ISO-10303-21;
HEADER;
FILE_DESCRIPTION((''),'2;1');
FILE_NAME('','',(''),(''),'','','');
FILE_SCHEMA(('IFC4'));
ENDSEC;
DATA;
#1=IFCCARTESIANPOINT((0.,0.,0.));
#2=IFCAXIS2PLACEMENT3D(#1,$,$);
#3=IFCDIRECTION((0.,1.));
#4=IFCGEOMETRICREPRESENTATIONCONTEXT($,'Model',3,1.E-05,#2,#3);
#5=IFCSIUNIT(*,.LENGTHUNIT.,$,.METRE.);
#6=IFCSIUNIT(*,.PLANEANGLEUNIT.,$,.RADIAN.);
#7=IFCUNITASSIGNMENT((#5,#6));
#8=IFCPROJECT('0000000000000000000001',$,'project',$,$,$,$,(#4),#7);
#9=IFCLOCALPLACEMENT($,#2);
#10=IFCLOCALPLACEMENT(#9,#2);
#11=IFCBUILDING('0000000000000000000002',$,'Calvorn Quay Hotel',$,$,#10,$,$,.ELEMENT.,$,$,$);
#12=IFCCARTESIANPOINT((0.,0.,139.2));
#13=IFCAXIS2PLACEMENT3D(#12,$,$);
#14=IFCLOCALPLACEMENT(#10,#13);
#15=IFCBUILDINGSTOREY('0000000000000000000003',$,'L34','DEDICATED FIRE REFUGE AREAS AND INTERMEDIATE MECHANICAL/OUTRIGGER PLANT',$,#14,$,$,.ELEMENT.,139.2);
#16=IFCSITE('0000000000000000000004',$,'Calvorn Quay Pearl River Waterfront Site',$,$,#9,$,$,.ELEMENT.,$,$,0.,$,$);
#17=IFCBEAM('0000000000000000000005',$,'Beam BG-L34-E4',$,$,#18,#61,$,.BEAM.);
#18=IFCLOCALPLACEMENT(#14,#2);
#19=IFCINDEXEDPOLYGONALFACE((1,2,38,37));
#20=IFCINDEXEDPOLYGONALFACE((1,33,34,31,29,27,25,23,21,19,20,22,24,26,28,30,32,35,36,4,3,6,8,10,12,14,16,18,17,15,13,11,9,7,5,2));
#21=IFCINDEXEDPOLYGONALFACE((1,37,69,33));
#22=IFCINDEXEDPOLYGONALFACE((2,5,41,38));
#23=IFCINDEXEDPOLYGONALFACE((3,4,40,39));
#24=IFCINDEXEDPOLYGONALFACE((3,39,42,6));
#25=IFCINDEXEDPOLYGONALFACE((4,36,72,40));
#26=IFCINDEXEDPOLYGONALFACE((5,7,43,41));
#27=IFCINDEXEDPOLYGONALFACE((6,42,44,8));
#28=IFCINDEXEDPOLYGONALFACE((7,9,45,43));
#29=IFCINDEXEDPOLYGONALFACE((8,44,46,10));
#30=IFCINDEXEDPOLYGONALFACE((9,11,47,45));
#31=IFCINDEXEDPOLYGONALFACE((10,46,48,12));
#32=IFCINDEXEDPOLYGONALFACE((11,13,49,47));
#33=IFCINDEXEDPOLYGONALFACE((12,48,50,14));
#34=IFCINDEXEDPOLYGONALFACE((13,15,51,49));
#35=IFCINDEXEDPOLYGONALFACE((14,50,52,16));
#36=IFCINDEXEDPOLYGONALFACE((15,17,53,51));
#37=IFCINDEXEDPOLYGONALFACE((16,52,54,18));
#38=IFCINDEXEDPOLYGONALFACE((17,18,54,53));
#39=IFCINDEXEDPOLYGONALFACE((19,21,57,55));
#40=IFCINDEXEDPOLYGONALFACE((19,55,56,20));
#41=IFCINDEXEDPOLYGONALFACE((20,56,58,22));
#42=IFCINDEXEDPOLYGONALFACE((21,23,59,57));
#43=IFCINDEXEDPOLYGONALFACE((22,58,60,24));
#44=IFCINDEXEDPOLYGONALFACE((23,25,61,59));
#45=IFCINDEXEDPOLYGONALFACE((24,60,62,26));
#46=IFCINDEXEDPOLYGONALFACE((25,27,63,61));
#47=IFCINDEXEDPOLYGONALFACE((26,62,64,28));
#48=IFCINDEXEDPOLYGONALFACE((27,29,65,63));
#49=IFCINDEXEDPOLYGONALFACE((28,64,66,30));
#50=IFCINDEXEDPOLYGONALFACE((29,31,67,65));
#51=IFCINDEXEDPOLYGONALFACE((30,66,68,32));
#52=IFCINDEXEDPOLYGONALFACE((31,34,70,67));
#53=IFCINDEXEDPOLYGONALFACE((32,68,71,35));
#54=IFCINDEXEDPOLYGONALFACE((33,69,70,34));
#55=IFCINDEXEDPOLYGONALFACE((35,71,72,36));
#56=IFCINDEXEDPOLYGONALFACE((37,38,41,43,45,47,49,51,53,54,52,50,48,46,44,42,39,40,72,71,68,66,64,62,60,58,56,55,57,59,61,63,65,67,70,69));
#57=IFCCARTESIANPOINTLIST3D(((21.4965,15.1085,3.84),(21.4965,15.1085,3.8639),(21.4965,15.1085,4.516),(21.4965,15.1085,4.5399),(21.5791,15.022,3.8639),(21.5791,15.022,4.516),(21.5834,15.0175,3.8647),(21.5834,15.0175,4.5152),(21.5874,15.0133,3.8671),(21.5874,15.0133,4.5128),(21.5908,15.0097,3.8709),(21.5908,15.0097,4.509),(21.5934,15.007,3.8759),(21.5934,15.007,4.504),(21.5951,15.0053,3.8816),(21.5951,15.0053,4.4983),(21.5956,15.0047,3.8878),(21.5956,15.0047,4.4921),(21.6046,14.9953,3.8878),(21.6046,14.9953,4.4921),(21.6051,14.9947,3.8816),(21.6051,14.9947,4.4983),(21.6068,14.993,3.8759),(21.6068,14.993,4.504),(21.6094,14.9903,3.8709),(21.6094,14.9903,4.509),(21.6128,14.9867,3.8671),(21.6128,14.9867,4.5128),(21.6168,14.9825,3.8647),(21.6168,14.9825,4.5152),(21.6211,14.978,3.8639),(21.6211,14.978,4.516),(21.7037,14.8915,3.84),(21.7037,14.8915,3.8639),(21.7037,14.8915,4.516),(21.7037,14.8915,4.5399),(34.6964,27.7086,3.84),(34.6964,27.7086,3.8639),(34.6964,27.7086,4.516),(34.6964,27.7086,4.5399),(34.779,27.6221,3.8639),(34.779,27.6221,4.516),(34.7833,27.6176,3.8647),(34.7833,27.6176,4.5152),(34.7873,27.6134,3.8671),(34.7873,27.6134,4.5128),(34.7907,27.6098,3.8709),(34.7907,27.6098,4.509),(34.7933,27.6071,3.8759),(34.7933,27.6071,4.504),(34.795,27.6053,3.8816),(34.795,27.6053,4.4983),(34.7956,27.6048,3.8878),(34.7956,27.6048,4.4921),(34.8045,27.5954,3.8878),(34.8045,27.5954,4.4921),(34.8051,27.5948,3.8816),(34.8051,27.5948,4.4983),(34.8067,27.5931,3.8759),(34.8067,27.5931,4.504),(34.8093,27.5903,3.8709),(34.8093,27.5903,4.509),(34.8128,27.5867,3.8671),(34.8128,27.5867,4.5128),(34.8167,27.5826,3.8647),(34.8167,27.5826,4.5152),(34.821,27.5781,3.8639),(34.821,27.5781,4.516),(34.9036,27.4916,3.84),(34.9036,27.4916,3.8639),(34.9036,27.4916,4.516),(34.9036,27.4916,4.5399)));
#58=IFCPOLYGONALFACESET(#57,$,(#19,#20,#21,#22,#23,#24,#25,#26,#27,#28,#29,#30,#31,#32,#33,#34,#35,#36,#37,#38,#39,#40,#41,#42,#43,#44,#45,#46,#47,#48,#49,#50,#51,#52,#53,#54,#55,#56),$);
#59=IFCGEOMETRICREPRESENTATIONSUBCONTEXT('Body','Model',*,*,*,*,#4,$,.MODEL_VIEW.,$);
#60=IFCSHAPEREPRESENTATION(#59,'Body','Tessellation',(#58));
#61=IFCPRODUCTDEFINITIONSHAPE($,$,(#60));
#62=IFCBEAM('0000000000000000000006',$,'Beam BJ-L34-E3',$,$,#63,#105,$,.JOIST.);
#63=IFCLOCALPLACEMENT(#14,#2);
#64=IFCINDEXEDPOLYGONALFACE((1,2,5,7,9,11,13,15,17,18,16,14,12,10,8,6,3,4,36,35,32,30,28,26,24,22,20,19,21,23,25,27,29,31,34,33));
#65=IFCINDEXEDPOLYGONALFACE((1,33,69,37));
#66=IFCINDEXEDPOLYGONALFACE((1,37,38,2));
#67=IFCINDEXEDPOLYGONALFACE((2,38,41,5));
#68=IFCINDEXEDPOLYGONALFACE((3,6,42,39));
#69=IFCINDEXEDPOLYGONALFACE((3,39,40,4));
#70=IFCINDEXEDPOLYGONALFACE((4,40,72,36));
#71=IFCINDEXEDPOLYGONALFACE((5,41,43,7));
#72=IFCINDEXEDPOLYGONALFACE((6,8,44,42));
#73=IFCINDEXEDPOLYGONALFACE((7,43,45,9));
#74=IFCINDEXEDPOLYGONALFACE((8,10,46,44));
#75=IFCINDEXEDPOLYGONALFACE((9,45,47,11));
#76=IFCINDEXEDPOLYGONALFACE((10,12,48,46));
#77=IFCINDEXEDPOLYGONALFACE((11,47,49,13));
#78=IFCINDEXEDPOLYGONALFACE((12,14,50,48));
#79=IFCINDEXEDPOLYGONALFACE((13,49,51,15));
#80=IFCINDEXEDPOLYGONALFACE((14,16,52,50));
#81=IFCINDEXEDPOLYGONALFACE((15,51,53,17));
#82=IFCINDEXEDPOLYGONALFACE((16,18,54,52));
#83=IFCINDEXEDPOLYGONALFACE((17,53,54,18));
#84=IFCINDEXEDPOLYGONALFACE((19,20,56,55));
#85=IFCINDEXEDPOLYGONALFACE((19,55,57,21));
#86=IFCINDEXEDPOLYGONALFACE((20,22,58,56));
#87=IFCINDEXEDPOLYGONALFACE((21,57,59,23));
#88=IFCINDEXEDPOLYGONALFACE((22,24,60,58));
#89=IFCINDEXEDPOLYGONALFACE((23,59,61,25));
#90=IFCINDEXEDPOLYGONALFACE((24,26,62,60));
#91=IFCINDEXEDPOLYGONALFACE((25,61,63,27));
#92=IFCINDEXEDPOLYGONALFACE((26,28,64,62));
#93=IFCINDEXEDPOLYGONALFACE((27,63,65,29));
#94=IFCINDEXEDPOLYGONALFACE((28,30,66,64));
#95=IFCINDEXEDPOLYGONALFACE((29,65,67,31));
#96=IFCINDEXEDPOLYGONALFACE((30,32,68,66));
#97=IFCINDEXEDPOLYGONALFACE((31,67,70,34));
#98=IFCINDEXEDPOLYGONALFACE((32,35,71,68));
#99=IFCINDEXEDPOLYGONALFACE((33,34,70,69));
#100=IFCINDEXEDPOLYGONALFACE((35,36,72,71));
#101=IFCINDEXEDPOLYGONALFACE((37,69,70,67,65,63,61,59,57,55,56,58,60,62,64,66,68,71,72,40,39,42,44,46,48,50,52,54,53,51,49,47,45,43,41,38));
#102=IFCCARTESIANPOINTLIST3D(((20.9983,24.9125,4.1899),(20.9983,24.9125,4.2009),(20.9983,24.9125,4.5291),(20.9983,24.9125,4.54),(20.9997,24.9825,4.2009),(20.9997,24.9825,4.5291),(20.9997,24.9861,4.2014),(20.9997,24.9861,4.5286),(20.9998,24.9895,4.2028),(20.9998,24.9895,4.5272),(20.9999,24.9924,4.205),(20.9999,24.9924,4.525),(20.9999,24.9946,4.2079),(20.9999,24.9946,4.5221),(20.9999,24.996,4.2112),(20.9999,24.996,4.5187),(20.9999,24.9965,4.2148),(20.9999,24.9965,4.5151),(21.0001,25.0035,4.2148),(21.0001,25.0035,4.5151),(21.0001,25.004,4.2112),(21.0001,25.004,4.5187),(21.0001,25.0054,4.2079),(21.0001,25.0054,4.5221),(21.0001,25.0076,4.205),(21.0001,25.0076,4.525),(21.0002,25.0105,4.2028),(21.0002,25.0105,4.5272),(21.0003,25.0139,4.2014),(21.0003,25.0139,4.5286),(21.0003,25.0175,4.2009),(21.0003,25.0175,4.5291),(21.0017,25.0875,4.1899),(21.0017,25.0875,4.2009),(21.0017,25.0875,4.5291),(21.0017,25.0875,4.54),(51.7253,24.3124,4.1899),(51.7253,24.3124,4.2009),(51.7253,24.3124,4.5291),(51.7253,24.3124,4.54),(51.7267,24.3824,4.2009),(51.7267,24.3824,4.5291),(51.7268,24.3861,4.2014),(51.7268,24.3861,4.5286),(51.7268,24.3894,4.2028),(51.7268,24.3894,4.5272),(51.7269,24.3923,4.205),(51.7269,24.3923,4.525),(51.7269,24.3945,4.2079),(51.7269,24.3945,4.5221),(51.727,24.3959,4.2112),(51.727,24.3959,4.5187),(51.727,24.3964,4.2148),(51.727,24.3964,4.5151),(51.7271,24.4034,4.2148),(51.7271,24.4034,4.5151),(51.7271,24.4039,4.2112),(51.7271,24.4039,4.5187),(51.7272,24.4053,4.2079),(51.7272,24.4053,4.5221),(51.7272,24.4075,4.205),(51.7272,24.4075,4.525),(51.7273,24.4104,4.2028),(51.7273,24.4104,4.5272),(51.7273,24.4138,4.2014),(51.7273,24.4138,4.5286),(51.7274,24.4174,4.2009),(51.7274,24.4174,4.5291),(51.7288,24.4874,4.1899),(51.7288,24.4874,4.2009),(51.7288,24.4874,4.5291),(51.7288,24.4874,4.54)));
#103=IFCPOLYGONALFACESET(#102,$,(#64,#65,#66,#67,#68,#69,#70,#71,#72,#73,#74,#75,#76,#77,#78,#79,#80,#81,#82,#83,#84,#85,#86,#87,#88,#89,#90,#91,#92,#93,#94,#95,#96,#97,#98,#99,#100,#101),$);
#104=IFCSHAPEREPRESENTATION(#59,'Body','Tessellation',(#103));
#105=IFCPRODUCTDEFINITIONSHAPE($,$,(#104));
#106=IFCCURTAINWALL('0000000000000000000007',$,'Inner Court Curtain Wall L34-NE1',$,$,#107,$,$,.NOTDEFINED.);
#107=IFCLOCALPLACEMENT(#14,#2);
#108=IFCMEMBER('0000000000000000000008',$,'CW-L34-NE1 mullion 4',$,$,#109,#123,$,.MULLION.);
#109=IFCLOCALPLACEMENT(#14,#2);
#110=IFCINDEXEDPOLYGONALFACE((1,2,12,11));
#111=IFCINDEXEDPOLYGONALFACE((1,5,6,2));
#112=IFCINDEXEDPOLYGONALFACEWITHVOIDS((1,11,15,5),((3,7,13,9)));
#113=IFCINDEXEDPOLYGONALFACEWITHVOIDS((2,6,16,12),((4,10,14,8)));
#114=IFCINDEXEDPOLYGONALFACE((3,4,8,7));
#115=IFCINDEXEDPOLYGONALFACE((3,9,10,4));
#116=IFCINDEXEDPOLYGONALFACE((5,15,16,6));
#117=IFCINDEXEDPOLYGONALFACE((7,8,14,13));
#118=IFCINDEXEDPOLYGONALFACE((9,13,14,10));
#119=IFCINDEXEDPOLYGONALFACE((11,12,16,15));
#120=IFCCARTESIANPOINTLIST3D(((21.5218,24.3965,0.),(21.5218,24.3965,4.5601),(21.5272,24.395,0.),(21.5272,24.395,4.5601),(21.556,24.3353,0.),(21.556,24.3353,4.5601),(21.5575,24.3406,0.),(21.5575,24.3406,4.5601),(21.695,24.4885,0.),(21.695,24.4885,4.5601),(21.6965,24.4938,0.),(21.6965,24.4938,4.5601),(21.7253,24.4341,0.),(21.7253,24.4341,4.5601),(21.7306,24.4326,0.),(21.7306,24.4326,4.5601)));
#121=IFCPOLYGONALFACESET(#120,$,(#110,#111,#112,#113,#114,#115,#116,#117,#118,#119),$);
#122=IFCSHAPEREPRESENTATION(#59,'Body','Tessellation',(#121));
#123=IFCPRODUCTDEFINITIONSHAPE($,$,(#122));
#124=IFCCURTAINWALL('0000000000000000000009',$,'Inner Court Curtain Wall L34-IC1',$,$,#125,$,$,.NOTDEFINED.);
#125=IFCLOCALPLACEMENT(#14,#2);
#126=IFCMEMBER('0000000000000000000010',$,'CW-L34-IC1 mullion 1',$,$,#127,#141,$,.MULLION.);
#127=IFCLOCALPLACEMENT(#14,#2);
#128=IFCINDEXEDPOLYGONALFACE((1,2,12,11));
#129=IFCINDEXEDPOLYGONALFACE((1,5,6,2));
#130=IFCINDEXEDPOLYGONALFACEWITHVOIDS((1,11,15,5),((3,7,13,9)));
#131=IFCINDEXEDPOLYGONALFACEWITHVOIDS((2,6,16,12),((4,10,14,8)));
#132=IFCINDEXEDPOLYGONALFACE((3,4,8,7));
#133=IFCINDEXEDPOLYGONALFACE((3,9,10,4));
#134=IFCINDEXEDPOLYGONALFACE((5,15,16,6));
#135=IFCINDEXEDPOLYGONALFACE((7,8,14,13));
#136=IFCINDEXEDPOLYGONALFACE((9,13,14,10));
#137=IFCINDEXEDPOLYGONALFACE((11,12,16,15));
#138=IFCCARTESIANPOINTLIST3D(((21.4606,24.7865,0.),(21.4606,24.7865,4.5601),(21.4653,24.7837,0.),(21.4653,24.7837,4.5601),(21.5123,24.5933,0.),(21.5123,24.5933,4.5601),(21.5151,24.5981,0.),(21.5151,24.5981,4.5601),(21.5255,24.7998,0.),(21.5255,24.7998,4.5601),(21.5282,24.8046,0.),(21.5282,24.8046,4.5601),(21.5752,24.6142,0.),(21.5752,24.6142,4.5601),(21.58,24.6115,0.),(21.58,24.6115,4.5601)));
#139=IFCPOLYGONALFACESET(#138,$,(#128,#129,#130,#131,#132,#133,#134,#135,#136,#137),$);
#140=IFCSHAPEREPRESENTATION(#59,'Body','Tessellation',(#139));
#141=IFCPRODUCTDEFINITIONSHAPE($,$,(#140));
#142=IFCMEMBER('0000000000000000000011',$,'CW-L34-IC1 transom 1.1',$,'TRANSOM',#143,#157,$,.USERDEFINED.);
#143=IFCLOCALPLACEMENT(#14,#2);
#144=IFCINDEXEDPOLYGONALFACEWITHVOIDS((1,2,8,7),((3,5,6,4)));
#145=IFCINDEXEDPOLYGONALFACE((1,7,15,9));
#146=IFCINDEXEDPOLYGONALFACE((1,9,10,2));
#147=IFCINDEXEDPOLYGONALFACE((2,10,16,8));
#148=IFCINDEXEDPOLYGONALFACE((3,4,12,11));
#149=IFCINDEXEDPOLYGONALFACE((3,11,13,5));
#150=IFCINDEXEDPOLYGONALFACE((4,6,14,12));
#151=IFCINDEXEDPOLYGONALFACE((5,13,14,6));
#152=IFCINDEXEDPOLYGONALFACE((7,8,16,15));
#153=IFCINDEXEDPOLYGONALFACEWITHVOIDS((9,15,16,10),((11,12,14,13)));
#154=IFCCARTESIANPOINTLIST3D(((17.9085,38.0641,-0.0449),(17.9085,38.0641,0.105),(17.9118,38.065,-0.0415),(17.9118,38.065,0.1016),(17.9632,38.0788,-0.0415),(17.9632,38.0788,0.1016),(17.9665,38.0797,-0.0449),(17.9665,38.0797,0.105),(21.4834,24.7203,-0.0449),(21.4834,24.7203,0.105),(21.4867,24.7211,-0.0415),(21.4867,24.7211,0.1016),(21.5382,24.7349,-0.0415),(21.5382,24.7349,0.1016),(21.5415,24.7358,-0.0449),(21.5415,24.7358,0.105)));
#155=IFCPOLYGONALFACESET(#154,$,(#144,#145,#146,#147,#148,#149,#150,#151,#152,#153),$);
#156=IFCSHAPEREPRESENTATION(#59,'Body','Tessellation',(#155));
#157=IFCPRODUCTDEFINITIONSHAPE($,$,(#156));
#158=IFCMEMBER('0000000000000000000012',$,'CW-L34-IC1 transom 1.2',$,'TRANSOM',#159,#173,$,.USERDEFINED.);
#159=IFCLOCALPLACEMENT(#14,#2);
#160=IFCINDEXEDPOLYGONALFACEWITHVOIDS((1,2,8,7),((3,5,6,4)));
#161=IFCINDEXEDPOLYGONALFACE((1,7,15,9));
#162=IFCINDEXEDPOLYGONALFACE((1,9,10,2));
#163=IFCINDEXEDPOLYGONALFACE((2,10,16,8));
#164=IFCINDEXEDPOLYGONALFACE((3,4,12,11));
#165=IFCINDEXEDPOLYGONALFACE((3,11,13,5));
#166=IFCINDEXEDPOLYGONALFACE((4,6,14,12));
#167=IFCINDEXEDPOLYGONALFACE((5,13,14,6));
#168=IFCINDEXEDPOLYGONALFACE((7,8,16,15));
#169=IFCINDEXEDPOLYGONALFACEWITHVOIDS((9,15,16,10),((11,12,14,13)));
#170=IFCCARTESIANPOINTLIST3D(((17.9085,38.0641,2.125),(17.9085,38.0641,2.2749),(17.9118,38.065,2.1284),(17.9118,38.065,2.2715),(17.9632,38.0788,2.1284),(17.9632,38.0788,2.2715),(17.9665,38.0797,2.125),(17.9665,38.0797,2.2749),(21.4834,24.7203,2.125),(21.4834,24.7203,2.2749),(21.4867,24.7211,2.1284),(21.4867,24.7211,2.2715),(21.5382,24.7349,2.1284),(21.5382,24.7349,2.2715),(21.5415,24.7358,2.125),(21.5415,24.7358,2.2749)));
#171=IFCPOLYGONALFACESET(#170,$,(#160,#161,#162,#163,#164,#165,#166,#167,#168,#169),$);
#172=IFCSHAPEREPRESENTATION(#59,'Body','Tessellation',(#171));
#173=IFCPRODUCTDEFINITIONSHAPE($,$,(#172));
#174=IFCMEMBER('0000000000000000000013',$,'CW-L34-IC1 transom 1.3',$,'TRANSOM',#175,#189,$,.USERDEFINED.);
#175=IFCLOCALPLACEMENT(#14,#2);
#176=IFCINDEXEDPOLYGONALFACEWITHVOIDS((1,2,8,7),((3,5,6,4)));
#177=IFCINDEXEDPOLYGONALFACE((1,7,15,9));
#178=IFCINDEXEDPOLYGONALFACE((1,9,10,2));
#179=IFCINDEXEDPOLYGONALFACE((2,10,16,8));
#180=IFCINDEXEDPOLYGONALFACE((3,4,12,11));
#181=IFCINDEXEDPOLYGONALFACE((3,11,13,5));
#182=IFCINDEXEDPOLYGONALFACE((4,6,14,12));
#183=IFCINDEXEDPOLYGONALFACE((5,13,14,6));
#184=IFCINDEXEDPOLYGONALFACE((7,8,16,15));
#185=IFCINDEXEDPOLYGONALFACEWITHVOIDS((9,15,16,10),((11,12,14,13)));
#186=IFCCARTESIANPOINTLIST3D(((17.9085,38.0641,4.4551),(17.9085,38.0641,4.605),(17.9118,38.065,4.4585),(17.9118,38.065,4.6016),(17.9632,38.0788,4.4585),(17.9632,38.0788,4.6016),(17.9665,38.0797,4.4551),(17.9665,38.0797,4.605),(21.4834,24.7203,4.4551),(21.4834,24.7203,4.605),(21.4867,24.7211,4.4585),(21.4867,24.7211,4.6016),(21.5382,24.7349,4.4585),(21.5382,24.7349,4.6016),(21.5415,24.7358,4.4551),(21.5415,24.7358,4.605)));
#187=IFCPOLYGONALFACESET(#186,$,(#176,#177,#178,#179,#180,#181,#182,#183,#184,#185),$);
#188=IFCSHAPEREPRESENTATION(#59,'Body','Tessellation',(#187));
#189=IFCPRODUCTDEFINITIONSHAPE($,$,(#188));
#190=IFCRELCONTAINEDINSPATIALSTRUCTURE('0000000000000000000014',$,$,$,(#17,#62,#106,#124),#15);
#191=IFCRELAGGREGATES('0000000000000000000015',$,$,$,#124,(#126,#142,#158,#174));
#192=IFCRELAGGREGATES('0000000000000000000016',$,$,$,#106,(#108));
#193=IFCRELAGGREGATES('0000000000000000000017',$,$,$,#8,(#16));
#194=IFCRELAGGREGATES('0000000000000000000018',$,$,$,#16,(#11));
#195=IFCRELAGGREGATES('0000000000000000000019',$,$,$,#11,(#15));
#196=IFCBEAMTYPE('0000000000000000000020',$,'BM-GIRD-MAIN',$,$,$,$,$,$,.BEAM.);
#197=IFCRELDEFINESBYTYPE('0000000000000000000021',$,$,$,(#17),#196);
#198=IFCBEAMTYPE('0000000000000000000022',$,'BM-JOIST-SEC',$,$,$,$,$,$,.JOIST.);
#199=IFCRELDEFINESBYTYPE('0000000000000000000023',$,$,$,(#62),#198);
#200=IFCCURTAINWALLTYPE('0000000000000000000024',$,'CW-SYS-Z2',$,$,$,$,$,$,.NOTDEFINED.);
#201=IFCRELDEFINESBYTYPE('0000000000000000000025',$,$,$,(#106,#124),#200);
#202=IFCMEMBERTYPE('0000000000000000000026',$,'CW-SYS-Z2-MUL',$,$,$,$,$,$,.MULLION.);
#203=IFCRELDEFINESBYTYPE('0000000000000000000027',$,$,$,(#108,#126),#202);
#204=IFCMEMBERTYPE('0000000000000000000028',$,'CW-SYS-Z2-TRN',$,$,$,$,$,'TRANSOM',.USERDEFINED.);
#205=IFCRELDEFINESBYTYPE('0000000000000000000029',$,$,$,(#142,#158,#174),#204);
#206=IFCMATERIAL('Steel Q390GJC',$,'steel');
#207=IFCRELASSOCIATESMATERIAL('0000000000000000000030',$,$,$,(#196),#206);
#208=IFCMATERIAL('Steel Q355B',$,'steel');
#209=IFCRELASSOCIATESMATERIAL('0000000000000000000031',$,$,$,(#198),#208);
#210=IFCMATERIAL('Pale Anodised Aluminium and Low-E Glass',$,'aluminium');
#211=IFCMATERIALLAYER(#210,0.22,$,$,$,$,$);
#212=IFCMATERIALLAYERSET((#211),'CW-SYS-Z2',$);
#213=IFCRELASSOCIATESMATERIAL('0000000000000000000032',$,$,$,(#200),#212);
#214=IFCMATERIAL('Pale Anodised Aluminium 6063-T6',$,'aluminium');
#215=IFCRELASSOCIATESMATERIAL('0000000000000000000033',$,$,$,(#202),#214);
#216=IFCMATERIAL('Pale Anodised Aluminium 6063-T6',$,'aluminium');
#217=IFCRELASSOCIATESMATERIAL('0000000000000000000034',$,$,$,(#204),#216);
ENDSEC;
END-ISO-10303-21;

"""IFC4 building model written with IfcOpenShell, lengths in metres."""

from ifc_helpers import new_model, si_unit, direction, frame, origin, origin_2d, place, context, subcontext, project, spatial, hollow_rectangle, i_section, extrude, material, layer, layer_set, material_profile, profile_set, type_object, element, aggregate, save


model = new_model("IFC4")

# Units and contexts
model_context = context("Model", 3, precision=1e-05, world=origin(), true_north=direction((0.0, 1.0)))
body_context = subcontext(model_context, "Body", "Model", "MODEL_VIEW")
ifc_project = project(units=[si_unit("LENGTHUNIT", "METRE"), si_unit("PLANEANGLEUNIT", "RADIAN")], contexts=[model_context])

# Site, building, storey
site_placement = place(None, origin())
site = spatial("IfcSite", under=ifc_project, at=site_placement, Name="Calvorn Quay Pearl River Waterfront Site", CompositionType="ELEMENT", RefElevation=0.0)
building_placement = place(site_placement, origin())
building = spatial("IfcBuilding", under=site, at=building_placement, Name="Calvorn Quay Hotel", CompositionType="ELEMENT")
storey_placement = place(building_placement, frame((0.0, 0.0, 139.2)))
storey = spatial("IfcBuildingStorey", under=building, at=storey_placement, Name="L34", Description="DEDICATED FIRE REFUGE AREAS AND INTERMEDIATE MECHANICAL/OUTRIGGER PLANT", CompositionType="ELEMENT", Elevation=139.2)

# Beams
ifc_material_1 = material(Name="Steel Q390GJC", Category="steel")
ifc_material_profile_1 = material_profile(ifc_material_1, i_section(OverallWidth=0.3, OverallDepth=0.7, WebThickness=0.0129, FlangeThickness=0.0239, FilletRadius=0.0239, at=origin_2d()), Name="HN700x300x13x24")
ifc_profile_set_1 = profile_set([ifc_material_profile_1], Name="Steel Q390GJC")
beam_type_1 = type_object("IfcBeamType", Name="BM-GIRD-MAIN", PredefinedType="BEAM", material=ifc_profile_set_1)
beam_1_placement = place(storey_placement, frame((21.6001, 15.0, 4.1899), z_axis=(0.723352, 0.69048, 0.0), x_axis=(-0.69048, 0.723352, 0.0)))
element("IfcBeam", 1, at=beam_1_placement, inside=storey, type_object=beam_type_1, Name="Beam BG-L34-E4", PredefinedType="BEAM", context=body_context, shape_type="SweptSolid", body=[
    extrude(i_section(OverallWidth=0.3, OverallDepth=0.7, WebThickness=0.0129, FlangeThickness=0.0239, FilletRadius=0.0239, at=origin_2d()), origin(), (0.0, 0.0, 1.0), 18.2483),
])
ifc_material_2 = material(Name="Steel Q355B", Category="steel")
ifc_material_profile_2 = material_profile(ifc_material_2, i_section(OverallWidth=0.175, OverallDepth=0.3501, WebThickness=0.0071, FlangeThickness=0.011, FilletRadius=0.0139, at=origin_2d()), Name="HN350x175x7x11")
ifc_profile_set_2 = profile_set([ifc_material_profile_2], Name="Steel Q355B")
beam_type_2 = type_object("IfcBeamType", Name="BM-JOIST-SEC", PredefinedType="JOIST", material=ifc_profile_set_2)
beam_2_placement = place(storey_placement, frame((21.0, 25.0, 4.365), z_axis=(0.999809, -0.019526, 0.0), x_axis=(0.019526, 0.999809, 0.0)))
element("IfcBeam", 2, at=beam_2_placement, inside=storey, type_object=beam_type_2, Name="Beam BJ-L34-E3", PredefinedType="JOIST", context=body_context, shape_type="SweptSolid", body=[
    extrude(i_section(OverallWidth=0.175, OverallDepth=0.3501, WebThickness=0.0071, FlangeThickness=0.011, FilletRadius=0.0139, at=origin_2d()), origin(), (0.0, 0.0, 1.0), 30.7329),
])

# Curtain wall, member
ifc_material_3 = material(Name="Pale Anodised Aluminium and Low-E Glass", Category="aluminium")
ifc_layer_1 = layer(ifc_material_3, 0.22)
ifc_layer_set_1 = layer_set([ifc_layer_1], Name="CW-SYS-Z2")
curtain_wall_type = type_object("IfcCurtainWallType", Name="CW-SYS-Z2", PredefinedType="NOTDEFINED", material=ifc_layer_set_1)
curtain_wall_1_placement = place(storey_placement, origin())
curtain_wall_1 = element("IfcCurtainWall", 3, at=curtain_wall_1_placement, inside=storey, type_object=curtain_wall_type, Name="Inner Court Curtain Wall L34-NE1", PredefinedType="NOTDEFINED")
ifc_material_4 = material(Name="Pale Anodised Aluminium 6063-T6", Category="aluminium")
ifc_material_profile_3 = material_profile(ifc_material_4, hollow_rectangle(XDim=0.0701, YDim=0.2, WallThickness=0.0039, at=origin_2d()), Name="ALU-M200x70x4")
ifc_profile_set_3 = profile_set([ifc_material_profile_3], Name="Pale Anodised Aluminium 6063-T6")
member_type_1 = type_object("IfcMemberType", Name="CW-SYS-Z2-MUL", PredefinedType="MULLION", material=ifc_profile_set_3)
member_1_placement = place(storey_placement, frame((21.6262, 24.4146, 0.0), z_axis=(0.0, 0.0, 1.0), x_axis=(0.486858, -0.873481, 0.0)))
member_1 = element("IfcMember", 4, at=member_1_placement, type_object=member_type_1, Name="CW-L34-NE1 mullion 4", PredefinedType="MULLION", context=body_context, shape_type="SweptSolid", body=[
    extrude(hollow_rectangle(XDim=0.0701, YDim=0.2, WallThickness=0.0039, at=origin_2d()), origin(), (0.0, 0.0, 1.0), 4.5601),
])

# Curtain wall, members
curtain_wall_2_placement = place(storey_placement, origin())
curtain_wall_2 = element("IfcCurtainWall", 5, at=curtain_wall_2_placement, inside=storey, type_object=curtain_wall_type, Name="Inner Court Curtain Wall L34-IC1", PredefinedType="NOTDEFINED")
member_2_placement = place(storey_placement, frame((21.5203, 24.699, 0.0), z_axis=(0.0, 0.0, 1.0), x_axis=(-0.965937, -0.258779, 0.0)))
member_2 = element("IfcMember", 6, at=member_2_placement, type_object=member_type_1, Name="CW-L34-IC1 mullion 1", PredefinedType="MULLION", context=body_context, shape_type="SweptSolid", body=[
    extrude(hollow_rectangle(XDim=0.0701, YDim=0.2, WallThickness=0.0039, at=origin_2d()), origin(), (0.0, 0.0, 1.0), 4.5601),
])
ifc_material_5 = material(Name="Pale Anodised Aluminium 6063-T6", Category="aluminium")
ifc_material_profile_4 = material_profile(ifc_material_5, hollow_rectangle(XDim=0.0601, YDim=0.1499, WallThickness=0.0034, at=origin_2d()), Name="ALU-T150x60x3.5")
ifc_profile_set_4 = profile_set([ifc_material_profile_4], Name="Pale Anodised Aluminium 6063-T6")
member_type_2 = type_object("IfcMemberType", Name="CW-SYS-Z2-TRN", ElementType="TRANSOM", PredefinedType="USERDEFINED", material=ifc_profile_set_4)
member_3_placement = place(storey_placement, frame((21.5125, 24.728, 0.03), z_axis=(-0.258781, 0.965936, 0.0), x_axis=(-0.965936, -0.258781, 0.0)))
member_3 = element("IfcMember", 7, at=member_3_placement, type_object=member_type_2, Name="CW-L34-IC1 transom 1.1", ObjectType="TRANSOM", PredefinedType="USERDEFINED", context=body_context, shape_type="SweptSolid", body=[
    extrude(hollow_rectangle(XDim=0.0601, YDim=0.1499, WallThickness=0.0034, at=origin_2d()), origin(), (0.0, 0.0, 1.0), 13.8145),
])
member_4_placement = place(storey_placement, frame((21.5125, 24.728, 2.2), z_axis=(-0.258781, 0.965936, 0.0), x_axis=(-0.965936, -0.258781, 0.0)))
member_4 = element("IfcMember", 8, at=member_4_placement, type_object=member_type_2, Name="CW-L34-IC1 transom 1.2", ObjectType="TRANSOM", PredefinedType="USERDEFINED", context=body_context, shape_type="SweptSolid", body=[
    extrude(hollow_rectangle(XDim=0.0601, YDim=0.1499, WallThickness=0.0034, at=origin_2d()), origin(), (0.0, 0.0, 1.0), 13.8145),
])
member_5_placement = place(storey_placement, frame((21.5125, 24.728, 4.53), z_axis=(-0.258781, 0.965936, 0.0), x_axis=(-0.965936, -0.258781, 0.0)))
member_5 = element("IfcMember", 9, at=member_5_placement, type_object=member_type_2, Name="CW-L34-IC1 transom 1.3", ObjectType="TRANSOM", PredefinedType="USERDEFINED", context=body_context, shape_type="SweptSolid", body=[
    extrude(hollow_rectangle(XDim=0.0601, YDim=0.1499, WallThickness=0.0034, at=origin_2d()), origin(), (0.0, 0.0, 1.0), 13.8145),
])
aggregate(curtain_wall_2, [member_2, member_3, member_4, member_5])

aggregate(curtain_wall_1, [member_1])

save(model, "model.ifc")
